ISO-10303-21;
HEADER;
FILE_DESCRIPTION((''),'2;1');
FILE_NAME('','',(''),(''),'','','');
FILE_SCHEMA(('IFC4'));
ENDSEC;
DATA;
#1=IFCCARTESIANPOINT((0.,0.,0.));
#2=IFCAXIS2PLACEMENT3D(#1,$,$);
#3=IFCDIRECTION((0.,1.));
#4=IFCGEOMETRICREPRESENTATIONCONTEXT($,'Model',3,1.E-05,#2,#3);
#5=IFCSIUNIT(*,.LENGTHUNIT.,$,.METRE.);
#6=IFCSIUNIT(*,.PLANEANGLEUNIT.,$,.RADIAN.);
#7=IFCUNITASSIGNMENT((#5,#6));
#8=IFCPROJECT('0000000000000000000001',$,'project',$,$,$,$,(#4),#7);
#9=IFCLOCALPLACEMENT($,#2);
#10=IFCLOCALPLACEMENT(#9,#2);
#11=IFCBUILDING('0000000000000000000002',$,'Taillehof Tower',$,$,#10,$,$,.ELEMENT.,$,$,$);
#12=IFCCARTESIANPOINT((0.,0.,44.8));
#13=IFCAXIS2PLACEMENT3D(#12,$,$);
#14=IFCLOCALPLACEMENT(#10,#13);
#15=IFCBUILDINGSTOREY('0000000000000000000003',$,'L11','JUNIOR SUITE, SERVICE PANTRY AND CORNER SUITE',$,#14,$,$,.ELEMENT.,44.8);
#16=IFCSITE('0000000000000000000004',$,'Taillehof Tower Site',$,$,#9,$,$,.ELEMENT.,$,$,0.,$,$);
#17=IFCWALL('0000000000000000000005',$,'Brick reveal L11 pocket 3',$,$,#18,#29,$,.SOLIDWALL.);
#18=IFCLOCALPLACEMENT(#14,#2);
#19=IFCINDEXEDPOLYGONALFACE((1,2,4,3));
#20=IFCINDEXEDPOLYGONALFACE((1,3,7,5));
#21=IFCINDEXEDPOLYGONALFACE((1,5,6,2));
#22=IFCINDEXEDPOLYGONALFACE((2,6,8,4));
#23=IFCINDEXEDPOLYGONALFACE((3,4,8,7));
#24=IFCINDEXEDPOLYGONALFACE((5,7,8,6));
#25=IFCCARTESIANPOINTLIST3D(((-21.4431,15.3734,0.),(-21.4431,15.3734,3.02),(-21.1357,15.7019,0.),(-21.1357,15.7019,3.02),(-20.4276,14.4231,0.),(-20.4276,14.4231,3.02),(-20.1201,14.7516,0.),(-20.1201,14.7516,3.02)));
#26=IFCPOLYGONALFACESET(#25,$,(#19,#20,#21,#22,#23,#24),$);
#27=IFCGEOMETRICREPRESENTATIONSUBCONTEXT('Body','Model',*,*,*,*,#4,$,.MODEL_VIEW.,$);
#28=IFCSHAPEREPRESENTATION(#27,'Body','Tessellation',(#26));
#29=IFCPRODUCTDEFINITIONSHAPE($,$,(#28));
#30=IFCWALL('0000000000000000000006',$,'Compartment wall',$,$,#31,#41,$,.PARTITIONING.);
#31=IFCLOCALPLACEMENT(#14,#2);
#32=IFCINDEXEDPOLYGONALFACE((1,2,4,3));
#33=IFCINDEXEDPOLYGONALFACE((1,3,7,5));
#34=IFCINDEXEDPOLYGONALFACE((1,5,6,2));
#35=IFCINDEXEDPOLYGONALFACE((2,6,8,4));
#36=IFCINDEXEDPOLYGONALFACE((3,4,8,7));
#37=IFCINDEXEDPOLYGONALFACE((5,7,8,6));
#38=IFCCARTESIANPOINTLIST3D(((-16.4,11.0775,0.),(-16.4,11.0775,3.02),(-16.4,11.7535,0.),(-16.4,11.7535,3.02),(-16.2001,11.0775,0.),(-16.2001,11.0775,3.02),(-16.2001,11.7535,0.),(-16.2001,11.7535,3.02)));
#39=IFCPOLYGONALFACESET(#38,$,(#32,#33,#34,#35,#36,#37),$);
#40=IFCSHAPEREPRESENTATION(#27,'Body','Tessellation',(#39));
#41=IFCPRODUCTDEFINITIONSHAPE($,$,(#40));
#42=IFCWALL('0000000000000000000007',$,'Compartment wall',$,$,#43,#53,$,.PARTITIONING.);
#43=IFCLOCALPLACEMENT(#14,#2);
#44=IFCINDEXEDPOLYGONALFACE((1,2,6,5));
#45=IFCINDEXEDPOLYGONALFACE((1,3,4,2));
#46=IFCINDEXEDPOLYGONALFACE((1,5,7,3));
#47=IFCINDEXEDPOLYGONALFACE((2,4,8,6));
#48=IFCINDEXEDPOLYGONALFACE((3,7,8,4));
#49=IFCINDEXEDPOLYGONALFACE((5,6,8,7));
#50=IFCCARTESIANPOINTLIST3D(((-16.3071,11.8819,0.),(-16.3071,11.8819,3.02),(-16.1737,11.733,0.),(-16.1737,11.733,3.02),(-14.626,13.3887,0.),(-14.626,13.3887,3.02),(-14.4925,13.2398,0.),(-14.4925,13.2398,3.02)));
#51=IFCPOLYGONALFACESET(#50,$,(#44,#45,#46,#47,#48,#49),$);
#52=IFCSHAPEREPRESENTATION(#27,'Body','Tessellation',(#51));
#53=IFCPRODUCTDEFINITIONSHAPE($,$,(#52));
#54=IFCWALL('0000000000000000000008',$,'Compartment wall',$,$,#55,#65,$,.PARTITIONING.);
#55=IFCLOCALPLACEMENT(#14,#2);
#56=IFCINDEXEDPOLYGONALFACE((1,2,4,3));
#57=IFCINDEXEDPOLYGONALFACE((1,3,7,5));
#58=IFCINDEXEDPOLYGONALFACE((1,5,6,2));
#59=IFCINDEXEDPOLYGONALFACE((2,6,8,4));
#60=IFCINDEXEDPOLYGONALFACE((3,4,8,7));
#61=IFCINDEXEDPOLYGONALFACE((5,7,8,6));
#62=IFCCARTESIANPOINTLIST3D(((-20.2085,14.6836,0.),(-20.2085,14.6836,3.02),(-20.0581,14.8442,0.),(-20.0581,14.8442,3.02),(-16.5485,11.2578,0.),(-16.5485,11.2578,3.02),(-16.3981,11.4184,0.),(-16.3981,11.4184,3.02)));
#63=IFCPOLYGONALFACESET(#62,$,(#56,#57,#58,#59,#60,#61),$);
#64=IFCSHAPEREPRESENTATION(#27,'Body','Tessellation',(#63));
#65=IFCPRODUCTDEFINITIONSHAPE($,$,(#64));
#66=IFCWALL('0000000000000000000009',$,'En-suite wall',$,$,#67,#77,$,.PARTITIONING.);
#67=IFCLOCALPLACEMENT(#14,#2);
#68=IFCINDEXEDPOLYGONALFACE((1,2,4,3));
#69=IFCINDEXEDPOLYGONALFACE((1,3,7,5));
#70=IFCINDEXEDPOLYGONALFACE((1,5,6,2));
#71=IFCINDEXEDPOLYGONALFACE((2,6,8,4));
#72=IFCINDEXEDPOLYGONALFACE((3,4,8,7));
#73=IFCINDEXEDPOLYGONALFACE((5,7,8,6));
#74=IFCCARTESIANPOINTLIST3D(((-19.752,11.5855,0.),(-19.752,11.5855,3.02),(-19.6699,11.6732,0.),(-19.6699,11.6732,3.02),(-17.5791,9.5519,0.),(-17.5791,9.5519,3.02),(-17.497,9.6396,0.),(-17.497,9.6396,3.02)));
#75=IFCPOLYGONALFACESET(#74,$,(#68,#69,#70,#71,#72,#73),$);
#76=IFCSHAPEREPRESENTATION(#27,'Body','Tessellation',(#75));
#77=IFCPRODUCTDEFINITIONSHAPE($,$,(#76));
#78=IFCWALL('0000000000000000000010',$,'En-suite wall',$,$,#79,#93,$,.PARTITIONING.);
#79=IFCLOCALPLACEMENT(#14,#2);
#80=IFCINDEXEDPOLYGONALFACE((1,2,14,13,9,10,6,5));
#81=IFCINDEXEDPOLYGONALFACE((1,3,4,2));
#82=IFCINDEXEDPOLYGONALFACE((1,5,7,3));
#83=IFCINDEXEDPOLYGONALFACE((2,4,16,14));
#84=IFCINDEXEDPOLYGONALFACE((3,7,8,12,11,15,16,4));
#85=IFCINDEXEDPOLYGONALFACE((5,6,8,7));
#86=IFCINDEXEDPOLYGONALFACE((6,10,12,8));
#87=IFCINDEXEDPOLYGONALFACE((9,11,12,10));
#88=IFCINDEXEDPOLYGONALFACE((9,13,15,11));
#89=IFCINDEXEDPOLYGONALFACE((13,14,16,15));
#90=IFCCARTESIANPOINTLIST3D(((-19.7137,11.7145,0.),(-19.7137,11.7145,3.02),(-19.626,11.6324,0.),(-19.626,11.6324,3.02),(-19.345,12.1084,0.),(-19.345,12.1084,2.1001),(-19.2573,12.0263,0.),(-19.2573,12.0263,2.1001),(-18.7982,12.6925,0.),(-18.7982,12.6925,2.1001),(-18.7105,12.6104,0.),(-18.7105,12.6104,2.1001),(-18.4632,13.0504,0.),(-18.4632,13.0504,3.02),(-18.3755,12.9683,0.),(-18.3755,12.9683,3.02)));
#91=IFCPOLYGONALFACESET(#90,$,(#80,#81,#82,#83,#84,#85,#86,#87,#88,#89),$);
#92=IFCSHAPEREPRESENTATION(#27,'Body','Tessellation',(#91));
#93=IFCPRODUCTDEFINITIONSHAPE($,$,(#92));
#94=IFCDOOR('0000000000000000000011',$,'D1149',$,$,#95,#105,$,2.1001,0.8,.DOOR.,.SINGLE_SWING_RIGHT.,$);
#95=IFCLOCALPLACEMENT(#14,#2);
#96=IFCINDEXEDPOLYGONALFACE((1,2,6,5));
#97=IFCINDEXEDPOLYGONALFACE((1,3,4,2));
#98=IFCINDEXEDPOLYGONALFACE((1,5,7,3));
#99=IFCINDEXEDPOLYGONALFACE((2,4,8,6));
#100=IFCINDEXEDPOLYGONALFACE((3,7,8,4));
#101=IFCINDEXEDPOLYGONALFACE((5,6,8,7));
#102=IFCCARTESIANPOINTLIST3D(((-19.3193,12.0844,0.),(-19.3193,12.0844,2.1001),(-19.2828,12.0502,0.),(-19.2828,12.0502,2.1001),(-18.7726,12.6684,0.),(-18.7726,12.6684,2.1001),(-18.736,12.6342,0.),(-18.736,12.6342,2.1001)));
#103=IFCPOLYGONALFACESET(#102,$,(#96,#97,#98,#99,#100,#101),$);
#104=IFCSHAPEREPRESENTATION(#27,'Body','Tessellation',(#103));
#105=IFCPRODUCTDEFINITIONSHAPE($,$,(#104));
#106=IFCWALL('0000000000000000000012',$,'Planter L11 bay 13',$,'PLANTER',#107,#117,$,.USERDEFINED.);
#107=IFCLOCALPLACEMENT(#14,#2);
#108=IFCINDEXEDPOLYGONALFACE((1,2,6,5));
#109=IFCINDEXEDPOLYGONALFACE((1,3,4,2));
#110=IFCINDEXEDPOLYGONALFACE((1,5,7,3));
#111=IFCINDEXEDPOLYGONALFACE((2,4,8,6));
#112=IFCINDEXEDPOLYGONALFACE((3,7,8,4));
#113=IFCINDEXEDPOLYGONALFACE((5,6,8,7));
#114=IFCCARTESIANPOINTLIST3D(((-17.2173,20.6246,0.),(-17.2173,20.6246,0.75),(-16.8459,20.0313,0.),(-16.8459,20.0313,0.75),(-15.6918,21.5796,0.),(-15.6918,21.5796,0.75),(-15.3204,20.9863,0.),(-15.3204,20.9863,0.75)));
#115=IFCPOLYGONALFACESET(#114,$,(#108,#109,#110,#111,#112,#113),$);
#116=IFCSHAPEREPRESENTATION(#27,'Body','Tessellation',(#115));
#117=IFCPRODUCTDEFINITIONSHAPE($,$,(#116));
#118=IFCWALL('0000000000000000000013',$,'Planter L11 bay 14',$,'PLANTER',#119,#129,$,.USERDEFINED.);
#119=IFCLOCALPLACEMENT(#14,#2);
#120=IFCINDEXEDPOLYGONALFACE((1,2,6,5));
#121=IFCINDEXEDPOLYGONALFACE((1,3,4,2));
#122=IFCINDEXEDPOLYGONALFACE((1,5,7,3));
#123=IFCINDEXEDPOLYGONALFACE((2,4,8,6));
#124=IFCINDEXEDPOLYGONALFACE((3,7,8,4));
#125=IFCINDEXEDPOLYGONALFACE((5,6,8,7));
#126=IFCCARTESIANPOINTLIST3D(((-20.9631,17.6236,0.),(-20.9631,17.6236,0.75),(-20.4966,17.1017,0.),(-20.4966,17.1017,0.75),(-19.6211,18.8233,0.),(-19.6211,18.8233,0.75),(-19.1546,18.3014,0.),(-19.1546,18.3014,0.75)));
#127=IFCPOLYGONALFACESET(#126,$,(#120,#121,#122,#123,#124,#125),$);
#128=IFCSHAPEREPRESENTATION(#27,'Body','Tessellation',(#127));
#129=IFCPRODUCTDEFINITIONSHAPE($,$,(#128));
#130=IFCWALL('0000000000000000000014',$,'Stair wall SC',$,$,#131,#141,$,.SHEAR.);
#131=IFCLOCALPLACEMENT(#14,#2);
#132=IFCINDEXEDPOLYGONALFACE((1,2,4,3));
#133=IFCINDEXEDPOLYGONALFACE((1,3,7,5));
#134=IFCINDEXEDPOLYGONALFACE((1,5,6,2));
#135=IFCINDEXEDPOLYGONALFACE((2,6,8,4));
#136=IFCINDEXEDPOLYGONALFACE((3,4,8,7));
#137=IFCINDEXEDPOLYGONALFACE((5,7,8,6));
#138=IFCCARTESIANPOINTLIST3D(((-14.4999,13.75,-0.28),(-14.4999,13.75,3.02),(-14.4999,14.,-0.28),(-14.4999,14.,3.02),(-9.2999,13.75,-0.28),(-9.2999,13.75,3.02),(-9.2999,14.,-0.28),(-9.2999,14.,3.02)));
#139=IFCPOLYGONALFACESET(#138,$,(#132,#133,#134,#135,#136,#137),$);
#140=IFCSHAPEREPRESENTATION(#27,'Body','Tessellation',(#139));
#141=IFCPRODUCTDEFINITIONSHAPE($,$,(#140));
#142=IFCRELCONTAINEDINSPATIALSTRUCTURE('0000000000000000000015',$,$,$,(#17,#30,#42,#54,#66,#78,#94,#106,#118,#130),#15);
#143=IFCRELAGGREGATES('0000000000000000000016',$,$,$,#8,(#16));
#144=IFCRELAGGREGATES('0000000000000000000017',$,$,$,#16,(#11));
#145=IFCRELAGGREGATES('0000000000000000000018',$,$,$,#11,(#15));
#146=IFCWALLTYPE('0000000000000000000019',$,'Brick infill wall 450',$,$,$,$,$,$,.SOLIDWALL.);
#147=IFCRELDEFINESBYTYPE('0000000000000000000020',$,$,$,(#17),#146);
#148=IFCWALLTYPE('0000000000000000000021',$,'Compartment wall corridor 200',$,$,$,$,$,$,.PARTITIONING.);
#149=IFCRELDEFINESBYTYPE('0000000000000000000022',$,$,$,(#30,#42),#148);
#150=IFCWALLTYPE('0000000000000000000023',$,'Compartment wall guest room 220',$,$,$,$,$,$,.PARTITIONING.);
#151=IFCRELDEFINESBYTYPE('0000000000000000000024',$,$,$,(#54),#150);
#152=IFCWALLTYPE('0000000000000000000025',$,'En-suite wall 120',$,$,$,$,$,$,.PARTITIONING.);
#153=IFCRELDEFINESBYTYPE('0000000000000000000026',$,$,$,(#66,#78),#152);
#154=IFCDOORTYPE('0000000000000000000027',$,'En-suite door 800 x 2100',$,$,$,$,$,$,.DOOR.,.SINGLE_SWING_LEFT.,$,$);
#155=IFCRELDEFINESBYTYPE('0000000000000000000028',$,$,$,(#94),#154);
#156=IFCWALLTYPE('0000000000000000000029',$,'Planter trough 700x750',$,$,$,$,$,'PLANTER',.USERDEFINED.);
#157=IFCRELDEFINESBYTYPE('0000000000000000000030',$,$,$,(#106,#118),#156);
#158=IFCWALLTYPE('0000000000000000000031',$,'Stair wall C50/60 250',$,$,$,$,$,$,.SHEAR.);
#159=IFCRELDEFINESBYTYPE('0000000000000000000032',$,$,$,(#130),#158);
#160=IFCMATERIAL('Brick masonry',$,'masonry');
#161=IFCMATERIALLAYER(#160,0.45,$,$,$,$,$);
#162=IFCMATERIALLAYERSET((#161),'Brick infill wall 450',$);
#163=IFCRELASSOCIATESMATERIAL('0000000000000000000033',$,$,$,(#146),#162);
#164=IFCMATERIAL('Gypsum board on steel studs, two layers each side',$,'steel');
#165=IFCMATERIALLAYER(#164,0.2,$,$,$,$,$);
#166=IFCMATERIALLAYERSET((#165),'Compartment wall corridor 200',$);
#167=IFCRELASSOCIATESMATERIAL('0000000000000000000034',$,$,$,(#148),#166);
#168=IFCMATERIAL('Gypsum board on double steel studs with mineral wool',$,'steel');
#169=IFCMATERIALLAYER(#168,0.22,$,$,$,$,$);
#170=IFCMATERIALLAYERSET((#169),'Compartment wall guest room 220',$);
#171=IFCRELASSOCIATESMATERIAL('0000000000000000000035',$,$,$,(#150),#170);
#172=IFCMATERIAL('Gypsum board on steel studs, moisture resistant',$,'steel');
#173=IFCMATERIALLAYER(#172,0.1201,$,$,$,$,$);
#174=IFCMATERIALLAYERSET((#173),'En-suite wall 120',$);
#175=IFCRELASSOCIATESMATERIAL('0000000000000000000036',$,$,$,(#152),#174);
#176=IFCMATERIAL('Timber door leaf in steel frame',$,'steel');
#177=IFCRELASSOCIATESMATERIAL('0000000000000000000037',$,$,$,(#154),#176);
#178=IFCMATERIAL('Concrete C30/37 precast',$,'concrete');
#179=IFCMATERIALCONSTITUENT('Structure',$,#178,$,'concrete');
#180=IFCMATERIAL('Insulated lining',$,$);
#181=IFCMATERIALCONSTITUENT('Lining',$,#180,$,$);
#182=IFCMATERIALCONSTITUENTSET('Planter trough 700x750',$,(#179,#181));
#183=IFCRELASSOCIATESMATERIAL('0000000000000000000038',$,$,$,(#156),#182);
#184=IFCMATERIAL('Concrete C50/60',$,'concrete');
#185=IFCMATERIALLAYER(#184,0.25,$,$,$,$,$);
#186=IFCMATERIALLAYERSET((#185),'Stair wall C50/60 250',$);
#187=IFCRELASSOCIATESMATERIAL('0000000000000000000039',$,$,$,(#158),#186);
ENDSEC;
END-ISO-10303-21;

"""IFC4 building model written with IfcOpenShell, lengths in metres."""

from ifc_helpers import new_model, si_unit, direction, frame, frame_2d, origin, place, context, subcontext, project, spatial, rectangle, extrude, material, layer, layer_set, constituent, constituent_set, type_object, element, fill, save


model = new_model("IFC4")

# Units and contexts
model_context = context("Model", 3, precision=1e-05, world=origin(), true_north=direction((0.0, 1.0)))
body_context = subcontext(model_context, "Body", "Model", "MODEL_VIEW")
ifc_project = project(units=[si_unit("LENGTHUNIT", "METRE"), si_unit("PLANEANGLEUNIT", "RADIAN")], contexts=[model_context])

# Site, building, storey
site_placement = place(None, origin())
site = spatial("IfcSite", under=ifc_project, at=site_placement, Name="Taillehof Tower Site", CompositionType="ELEMENT", RefElevation=0.0)
building_placement = place(site_placement, origin())
building = spatial("IfcBuilding", under=site, at=building_placement, Name="Taillehof Tower", CompositionType="ELEMENT")
storey_placement = place(building_placement, frame((0.0, 0.0, 44.8)))
storey = spatial("IfcBuildingStorey", under=building, at=storey_placement, Name="L11", Description="JUNIOR SUITE, SERVICE PANTRY AND CORNER SUITE", CompositionType="ELEMENT", Elevation=44.8)

# Shared definitions
ifc_material_1 = material(Name="Brick masonry", Category="masonry")
ifc_layer_1 = layer(ifc_material_1, 0.45)
ifc_layer_set_1 = layer_set([ifc_layer_1], Name="Brick infill wall 450")
wall_type_1 = type_object("IfcWallType", Name="Brick infill wall 450", PredefinedType="SOLIDWALL", material=ifc_layer_set_1)

# Wall
wall_1_placement = place(storey_placement, frame((-21.2893, 15.5376, 0.0), z_axis=(0.0, 0.0, 1.0), x_axis=(0.73015, -0.683287, 0.0)))
element("IfcWall", 1, at=wall_1_placement, inside=storey, type_object=wall_type_1, Name="Brick reveal L11 pocket 3", PredefinedType="SOLIDWALL", context=body_context, shape_type="SweptSolid", body=[
    extrude(rectangle(XDim=1.3909, YDim=0.45, at=frame_2d((0.6953, 0.0))), origin(), (0.0, 0.0, 1.0), 3.02),
])

# Walls
ifc_material_2 = material(Name="Gypsum board on steel studs, two layers each side", Category="steel")
ifc_layer_2 = layer(ifc_material_2, 0.2)
ifc_layer_set_2 = layer_set([ifc_layer_2], Name="Compartment wall corridor 200")
wall_type_2 = type_object("IfcWallType", Name="Compartment wall corridor 200", PredefinedType="PARTITIONING", material=ifc_layer_set_2)
wall_2_placement = place(storey_placement, frame((-16.3, 11.0776, 0.0), z_axis=(0.0, 0.0, 1.0), x_axis=(0.0, 1.0, 0.0)))
element("IfcWall", 2, at=wall_2_placement, inside=storey, type_object=wall_type_2, Name="Compartment wall", PredefinedType="PARTITIONING", context=body_context, shape_type="SweptSolid", body=[
    extrude(rectangle(XDim=0.676, YDim=0.2, at=frame_2d((0.3379, 0.0))), origin(), (0.0, 0.0, 1.0), 3.02),
])
wall_3_placement = place(storey_placement, frame((-16.2405, 11.8074, 0.0), z_axis=(0.0, 0.0, 1.0), x_axis=(0.744658, 0.667446, 0.0)))
element("IfcWall", 3, at=wall_3_placement, inside=storey, type_object=wall_type_2, Name="Compartment wall", PredefinedType="PARTITIONING", context=body_context, shape_type="SweptSolid", body=[
    extrude(rectangle(XDim=2.2576, YDim=0.2, at=frame_2d((1.1289, 0.0))), origin(), (0.0, 0.0, 1.0), 3.02),
])
ifc_material_3 = material(Name="Gypsum board on double steel studs with mineral wool", Category="steel")
ifc_layer_3 = layer(ifc_material_3, 0.22)
ifc_layer_set_3 = layer_set([ifc_layer_3], Name="Compartment wall guest room 220")
wall_type_3 = type_object("IfcWallType", Name="Compartment wall guest room 220", PredefinedType="PARTITIONING", material=ifc_layer_set_3)
wall_4_placement = place(storey_placement, frame((-20.1333, 14.7639, 0.0), z_axis=(0.0, 0.0, 1.0), x_axis=(0.730073, -0.683369, 0.0)))
element("IfcWall", 4, at=wall_4_placement, inside=storey, type_object=wall_type_3, Name="Compartment wall", PredefinedType="PARTITIONING", context=body_context, shape_type="SweptSolid", body=[
    extrude(rectangle(XDim=5.0132, YDim=0.22, at=frame_2d((2.5066, 0.0))), origin(), (0.0, 0.0, 1.0), 3.02),
])
ifc_material_4 = material(Name="Gypsum board on steel studs, moisture resistant", Category="steel")
ifc_layer_4 = layer(ifc_material_4, 0.1201)
ifc_layer_set_4 = layer_set([ifc_layer_4], Name="En-suite wall 120")
wall_type_4 = type_object("IfcWallType", Name="En-suite wall 120", PredefinedType="PARTITIONING", material=ifc_layer_set_4)
wall_5_placement = place(storey_placement, frame((-17.5381, 9.5957, 0.0), z_axis=(0.0, 0.0, 1.0), x_axis=(-0.7301, 0.683341, 0.0)))
element("IfcWall", 5, at=wall_5_placement, inside=storey, type_object=wall_type_4, Name="En-suite wall", PredefinedType="PARTITIONING", context=body_context, shape_type="SweptSolid", body=[
    extrude(rectangle(XDim=2.9761, YDim=0.1201, at=frame_2d((1.488, 0.0))), origin(), (0.0, 0.0, 1.0), 3.02),
])

# Wall, opening, door
wall_6_placement = place(storey_placement, frame((-19.6699, 11.6733, 0.0), z_axis=(0.0, 0.0, 1.0), x_axis=(0.683373, 0.73007, 0.0)))
wall_6 = element("IfcWall", 6, at=wall_6_placement, inside=storey, type_object=wall_type_4, Name="En-suite wall", PredefinedType="PARTITIONING", context=body_context, shape_type="SweptSolid", body=[
    extrude(rectangle(XDim=1.8298, YDim=0.1201, at=frame_2d((0.915, 0.0))), origin(), (0.0, 0.0, 1.0), 3.02),
])
opening_1_placement = place(wall_6_placement, frame((0.5398, 0.0, 0.0)))
opening_1 = element("IfcOpeningElement", 7, at=opening_1_placement, cuts=wall_6, PredefinedType="OPENING", context=body_context, shape_type="SweptSolid", body=[
    extrude(rectangle(XDim=0.8, YDim=2.1001, at=frame_2d((0.3999, 1.05))), frame((0.0, 0.0701, 0.0), z_axis=(0.0, -1.0, 0.0), x_axis=(1.0, 0.0, 0.0)), (0.0, 0.0, 1.0), 0.1401),
])
ifc_material_5 = material(Name="Timber door leaf in steel frame", Category="steel")
door_type_1 = type_object("IfcDoorType", Name="En-suite door 800 x 2100", OperationType="SINGLE_SWING_LEFT", PredefinedType="DOOR", material=ifc_material_5)
door_1_placement = place(opening_1_placement, origin())
door_1 = element("IfcDoor", 8, at=door_1_placement, inside=storey, type_object=door_type_1, Name="D1149", OperationType="SINGLE_SWING_RIGHT", OverallHeight=2.1001, OverallWidth=0.8, PredefinedType="DOOR", context=body_context, shape_type="SweptSolid", body=[
    extrude(rectangle(XDim=0.8, YDim=2.1001, at=frame_2d((0.3999, 1.05))), frame((0.0, 0.0249, 0.0), z_axis=(0.0, -1.0, 0.0), x_axis=(1.0, 0.0, 0.0)), (0.0, 0.0, 1.0), 0.05),
])
fill(opening_1, door_1)

# Walls
ifc_material_6 = material(Name="Concrete C30/37 precast", Category="concrete")
ifc_constituent_1 = constituent(ifc_material_6, Name="Structure", Category="concrete")
ifc_material_7 = material(Name="Insulated lining")
ifc_constituent_2 = constituent(ifc_material_7, Name="Lining")
ifc_constituent_set = constituent_set(constituents=[ifc_constituent_1, ifc_constituent_2], Name="Planter trough 700x750")
wall_type_5 = type_object("IfcWallType", Name="Planter trough 700x750", ElementType="PLANTER", PredefinedType="USERDEFINED", material=ifc_constituent_set)
wall_7_placement = place(storey_placement, frame((-15.5061, 21.283, 0.0), z_axis=(0.0, 0.0, 1.0), x_axis=(-0.847609, -0.530621, 0.0)))
element("IfcWall", 9, at=wall_7_placement, inside=storey, type_object=wall_type_5, Name="Planter L11 bay 13", ObjectType="PLANTER", PredefinedType="USERDEFINED", context=body_context, shape_type="SweptSolid", body=[
    extrude(rectangle(XDim=1.7998, YDim=0.7, at=frame_2d((0.8999, 0.0))), origin(), (0.0, 0.0, 1.0), 0.75),
])
wall_8_placement = place(storey_placement, frame((-19.3879, 18.5623, 0.0), z_axis=(0.0, 0.0, 1.0), x_axis=(-0.745536, -0.666466, 0.0)))
element("IfcWall", 10, at=wall_8_placement, inside=storey, type_object=wall_type_5, Name="Planter L11 bay 14", ObjectType="PLANTER", PredefinedType="USERDEFINED", context=body_context, shape_type="SweptSolid", body=[
    extrude(rectangle(XDim=1.8, YDim=0.7, at=frame_2d((0.8999, 0.0))), origin(), (0.0, 0.0, 1.0), 0.75),
])
ifc_material_8 = material(Name="Concrete C50/60", Category="concrete")
ifc_layer_5 = layer(ifc_material_8, 0.25)
ifc_layer_set_5 = layer_set([ifc_layer_5], Name="Stair wall C50/60 250")
wall_type_6 = type_object("IfcWallType", Name="Stair wall C50/60 250", PredefinedType="SHEAR", material=ifc_layer_set_5)
wall_9_placement = place(storey_placement, frame((-14.5, 13.875, -0.28), z_axis=(0.0, 0.0, 1.0), x_axis=(1.0, 0.0, 0.0)))
element("IfcWall", 11, at=wall_9_placement, inside=storey, type_object=wall_type_6, Name="Stair wall SC", PredefinedType="SHEAR", context=body_context, shape_type="SweptSolid", body=[
    extrude(rectangle(XDim=5.2, YDim=0.25, at=frame_2d((2.6001, 0.0))), origin(), (0.0, 0.0, 1.0), 3.3),
])

save(model, "model.ifc")
